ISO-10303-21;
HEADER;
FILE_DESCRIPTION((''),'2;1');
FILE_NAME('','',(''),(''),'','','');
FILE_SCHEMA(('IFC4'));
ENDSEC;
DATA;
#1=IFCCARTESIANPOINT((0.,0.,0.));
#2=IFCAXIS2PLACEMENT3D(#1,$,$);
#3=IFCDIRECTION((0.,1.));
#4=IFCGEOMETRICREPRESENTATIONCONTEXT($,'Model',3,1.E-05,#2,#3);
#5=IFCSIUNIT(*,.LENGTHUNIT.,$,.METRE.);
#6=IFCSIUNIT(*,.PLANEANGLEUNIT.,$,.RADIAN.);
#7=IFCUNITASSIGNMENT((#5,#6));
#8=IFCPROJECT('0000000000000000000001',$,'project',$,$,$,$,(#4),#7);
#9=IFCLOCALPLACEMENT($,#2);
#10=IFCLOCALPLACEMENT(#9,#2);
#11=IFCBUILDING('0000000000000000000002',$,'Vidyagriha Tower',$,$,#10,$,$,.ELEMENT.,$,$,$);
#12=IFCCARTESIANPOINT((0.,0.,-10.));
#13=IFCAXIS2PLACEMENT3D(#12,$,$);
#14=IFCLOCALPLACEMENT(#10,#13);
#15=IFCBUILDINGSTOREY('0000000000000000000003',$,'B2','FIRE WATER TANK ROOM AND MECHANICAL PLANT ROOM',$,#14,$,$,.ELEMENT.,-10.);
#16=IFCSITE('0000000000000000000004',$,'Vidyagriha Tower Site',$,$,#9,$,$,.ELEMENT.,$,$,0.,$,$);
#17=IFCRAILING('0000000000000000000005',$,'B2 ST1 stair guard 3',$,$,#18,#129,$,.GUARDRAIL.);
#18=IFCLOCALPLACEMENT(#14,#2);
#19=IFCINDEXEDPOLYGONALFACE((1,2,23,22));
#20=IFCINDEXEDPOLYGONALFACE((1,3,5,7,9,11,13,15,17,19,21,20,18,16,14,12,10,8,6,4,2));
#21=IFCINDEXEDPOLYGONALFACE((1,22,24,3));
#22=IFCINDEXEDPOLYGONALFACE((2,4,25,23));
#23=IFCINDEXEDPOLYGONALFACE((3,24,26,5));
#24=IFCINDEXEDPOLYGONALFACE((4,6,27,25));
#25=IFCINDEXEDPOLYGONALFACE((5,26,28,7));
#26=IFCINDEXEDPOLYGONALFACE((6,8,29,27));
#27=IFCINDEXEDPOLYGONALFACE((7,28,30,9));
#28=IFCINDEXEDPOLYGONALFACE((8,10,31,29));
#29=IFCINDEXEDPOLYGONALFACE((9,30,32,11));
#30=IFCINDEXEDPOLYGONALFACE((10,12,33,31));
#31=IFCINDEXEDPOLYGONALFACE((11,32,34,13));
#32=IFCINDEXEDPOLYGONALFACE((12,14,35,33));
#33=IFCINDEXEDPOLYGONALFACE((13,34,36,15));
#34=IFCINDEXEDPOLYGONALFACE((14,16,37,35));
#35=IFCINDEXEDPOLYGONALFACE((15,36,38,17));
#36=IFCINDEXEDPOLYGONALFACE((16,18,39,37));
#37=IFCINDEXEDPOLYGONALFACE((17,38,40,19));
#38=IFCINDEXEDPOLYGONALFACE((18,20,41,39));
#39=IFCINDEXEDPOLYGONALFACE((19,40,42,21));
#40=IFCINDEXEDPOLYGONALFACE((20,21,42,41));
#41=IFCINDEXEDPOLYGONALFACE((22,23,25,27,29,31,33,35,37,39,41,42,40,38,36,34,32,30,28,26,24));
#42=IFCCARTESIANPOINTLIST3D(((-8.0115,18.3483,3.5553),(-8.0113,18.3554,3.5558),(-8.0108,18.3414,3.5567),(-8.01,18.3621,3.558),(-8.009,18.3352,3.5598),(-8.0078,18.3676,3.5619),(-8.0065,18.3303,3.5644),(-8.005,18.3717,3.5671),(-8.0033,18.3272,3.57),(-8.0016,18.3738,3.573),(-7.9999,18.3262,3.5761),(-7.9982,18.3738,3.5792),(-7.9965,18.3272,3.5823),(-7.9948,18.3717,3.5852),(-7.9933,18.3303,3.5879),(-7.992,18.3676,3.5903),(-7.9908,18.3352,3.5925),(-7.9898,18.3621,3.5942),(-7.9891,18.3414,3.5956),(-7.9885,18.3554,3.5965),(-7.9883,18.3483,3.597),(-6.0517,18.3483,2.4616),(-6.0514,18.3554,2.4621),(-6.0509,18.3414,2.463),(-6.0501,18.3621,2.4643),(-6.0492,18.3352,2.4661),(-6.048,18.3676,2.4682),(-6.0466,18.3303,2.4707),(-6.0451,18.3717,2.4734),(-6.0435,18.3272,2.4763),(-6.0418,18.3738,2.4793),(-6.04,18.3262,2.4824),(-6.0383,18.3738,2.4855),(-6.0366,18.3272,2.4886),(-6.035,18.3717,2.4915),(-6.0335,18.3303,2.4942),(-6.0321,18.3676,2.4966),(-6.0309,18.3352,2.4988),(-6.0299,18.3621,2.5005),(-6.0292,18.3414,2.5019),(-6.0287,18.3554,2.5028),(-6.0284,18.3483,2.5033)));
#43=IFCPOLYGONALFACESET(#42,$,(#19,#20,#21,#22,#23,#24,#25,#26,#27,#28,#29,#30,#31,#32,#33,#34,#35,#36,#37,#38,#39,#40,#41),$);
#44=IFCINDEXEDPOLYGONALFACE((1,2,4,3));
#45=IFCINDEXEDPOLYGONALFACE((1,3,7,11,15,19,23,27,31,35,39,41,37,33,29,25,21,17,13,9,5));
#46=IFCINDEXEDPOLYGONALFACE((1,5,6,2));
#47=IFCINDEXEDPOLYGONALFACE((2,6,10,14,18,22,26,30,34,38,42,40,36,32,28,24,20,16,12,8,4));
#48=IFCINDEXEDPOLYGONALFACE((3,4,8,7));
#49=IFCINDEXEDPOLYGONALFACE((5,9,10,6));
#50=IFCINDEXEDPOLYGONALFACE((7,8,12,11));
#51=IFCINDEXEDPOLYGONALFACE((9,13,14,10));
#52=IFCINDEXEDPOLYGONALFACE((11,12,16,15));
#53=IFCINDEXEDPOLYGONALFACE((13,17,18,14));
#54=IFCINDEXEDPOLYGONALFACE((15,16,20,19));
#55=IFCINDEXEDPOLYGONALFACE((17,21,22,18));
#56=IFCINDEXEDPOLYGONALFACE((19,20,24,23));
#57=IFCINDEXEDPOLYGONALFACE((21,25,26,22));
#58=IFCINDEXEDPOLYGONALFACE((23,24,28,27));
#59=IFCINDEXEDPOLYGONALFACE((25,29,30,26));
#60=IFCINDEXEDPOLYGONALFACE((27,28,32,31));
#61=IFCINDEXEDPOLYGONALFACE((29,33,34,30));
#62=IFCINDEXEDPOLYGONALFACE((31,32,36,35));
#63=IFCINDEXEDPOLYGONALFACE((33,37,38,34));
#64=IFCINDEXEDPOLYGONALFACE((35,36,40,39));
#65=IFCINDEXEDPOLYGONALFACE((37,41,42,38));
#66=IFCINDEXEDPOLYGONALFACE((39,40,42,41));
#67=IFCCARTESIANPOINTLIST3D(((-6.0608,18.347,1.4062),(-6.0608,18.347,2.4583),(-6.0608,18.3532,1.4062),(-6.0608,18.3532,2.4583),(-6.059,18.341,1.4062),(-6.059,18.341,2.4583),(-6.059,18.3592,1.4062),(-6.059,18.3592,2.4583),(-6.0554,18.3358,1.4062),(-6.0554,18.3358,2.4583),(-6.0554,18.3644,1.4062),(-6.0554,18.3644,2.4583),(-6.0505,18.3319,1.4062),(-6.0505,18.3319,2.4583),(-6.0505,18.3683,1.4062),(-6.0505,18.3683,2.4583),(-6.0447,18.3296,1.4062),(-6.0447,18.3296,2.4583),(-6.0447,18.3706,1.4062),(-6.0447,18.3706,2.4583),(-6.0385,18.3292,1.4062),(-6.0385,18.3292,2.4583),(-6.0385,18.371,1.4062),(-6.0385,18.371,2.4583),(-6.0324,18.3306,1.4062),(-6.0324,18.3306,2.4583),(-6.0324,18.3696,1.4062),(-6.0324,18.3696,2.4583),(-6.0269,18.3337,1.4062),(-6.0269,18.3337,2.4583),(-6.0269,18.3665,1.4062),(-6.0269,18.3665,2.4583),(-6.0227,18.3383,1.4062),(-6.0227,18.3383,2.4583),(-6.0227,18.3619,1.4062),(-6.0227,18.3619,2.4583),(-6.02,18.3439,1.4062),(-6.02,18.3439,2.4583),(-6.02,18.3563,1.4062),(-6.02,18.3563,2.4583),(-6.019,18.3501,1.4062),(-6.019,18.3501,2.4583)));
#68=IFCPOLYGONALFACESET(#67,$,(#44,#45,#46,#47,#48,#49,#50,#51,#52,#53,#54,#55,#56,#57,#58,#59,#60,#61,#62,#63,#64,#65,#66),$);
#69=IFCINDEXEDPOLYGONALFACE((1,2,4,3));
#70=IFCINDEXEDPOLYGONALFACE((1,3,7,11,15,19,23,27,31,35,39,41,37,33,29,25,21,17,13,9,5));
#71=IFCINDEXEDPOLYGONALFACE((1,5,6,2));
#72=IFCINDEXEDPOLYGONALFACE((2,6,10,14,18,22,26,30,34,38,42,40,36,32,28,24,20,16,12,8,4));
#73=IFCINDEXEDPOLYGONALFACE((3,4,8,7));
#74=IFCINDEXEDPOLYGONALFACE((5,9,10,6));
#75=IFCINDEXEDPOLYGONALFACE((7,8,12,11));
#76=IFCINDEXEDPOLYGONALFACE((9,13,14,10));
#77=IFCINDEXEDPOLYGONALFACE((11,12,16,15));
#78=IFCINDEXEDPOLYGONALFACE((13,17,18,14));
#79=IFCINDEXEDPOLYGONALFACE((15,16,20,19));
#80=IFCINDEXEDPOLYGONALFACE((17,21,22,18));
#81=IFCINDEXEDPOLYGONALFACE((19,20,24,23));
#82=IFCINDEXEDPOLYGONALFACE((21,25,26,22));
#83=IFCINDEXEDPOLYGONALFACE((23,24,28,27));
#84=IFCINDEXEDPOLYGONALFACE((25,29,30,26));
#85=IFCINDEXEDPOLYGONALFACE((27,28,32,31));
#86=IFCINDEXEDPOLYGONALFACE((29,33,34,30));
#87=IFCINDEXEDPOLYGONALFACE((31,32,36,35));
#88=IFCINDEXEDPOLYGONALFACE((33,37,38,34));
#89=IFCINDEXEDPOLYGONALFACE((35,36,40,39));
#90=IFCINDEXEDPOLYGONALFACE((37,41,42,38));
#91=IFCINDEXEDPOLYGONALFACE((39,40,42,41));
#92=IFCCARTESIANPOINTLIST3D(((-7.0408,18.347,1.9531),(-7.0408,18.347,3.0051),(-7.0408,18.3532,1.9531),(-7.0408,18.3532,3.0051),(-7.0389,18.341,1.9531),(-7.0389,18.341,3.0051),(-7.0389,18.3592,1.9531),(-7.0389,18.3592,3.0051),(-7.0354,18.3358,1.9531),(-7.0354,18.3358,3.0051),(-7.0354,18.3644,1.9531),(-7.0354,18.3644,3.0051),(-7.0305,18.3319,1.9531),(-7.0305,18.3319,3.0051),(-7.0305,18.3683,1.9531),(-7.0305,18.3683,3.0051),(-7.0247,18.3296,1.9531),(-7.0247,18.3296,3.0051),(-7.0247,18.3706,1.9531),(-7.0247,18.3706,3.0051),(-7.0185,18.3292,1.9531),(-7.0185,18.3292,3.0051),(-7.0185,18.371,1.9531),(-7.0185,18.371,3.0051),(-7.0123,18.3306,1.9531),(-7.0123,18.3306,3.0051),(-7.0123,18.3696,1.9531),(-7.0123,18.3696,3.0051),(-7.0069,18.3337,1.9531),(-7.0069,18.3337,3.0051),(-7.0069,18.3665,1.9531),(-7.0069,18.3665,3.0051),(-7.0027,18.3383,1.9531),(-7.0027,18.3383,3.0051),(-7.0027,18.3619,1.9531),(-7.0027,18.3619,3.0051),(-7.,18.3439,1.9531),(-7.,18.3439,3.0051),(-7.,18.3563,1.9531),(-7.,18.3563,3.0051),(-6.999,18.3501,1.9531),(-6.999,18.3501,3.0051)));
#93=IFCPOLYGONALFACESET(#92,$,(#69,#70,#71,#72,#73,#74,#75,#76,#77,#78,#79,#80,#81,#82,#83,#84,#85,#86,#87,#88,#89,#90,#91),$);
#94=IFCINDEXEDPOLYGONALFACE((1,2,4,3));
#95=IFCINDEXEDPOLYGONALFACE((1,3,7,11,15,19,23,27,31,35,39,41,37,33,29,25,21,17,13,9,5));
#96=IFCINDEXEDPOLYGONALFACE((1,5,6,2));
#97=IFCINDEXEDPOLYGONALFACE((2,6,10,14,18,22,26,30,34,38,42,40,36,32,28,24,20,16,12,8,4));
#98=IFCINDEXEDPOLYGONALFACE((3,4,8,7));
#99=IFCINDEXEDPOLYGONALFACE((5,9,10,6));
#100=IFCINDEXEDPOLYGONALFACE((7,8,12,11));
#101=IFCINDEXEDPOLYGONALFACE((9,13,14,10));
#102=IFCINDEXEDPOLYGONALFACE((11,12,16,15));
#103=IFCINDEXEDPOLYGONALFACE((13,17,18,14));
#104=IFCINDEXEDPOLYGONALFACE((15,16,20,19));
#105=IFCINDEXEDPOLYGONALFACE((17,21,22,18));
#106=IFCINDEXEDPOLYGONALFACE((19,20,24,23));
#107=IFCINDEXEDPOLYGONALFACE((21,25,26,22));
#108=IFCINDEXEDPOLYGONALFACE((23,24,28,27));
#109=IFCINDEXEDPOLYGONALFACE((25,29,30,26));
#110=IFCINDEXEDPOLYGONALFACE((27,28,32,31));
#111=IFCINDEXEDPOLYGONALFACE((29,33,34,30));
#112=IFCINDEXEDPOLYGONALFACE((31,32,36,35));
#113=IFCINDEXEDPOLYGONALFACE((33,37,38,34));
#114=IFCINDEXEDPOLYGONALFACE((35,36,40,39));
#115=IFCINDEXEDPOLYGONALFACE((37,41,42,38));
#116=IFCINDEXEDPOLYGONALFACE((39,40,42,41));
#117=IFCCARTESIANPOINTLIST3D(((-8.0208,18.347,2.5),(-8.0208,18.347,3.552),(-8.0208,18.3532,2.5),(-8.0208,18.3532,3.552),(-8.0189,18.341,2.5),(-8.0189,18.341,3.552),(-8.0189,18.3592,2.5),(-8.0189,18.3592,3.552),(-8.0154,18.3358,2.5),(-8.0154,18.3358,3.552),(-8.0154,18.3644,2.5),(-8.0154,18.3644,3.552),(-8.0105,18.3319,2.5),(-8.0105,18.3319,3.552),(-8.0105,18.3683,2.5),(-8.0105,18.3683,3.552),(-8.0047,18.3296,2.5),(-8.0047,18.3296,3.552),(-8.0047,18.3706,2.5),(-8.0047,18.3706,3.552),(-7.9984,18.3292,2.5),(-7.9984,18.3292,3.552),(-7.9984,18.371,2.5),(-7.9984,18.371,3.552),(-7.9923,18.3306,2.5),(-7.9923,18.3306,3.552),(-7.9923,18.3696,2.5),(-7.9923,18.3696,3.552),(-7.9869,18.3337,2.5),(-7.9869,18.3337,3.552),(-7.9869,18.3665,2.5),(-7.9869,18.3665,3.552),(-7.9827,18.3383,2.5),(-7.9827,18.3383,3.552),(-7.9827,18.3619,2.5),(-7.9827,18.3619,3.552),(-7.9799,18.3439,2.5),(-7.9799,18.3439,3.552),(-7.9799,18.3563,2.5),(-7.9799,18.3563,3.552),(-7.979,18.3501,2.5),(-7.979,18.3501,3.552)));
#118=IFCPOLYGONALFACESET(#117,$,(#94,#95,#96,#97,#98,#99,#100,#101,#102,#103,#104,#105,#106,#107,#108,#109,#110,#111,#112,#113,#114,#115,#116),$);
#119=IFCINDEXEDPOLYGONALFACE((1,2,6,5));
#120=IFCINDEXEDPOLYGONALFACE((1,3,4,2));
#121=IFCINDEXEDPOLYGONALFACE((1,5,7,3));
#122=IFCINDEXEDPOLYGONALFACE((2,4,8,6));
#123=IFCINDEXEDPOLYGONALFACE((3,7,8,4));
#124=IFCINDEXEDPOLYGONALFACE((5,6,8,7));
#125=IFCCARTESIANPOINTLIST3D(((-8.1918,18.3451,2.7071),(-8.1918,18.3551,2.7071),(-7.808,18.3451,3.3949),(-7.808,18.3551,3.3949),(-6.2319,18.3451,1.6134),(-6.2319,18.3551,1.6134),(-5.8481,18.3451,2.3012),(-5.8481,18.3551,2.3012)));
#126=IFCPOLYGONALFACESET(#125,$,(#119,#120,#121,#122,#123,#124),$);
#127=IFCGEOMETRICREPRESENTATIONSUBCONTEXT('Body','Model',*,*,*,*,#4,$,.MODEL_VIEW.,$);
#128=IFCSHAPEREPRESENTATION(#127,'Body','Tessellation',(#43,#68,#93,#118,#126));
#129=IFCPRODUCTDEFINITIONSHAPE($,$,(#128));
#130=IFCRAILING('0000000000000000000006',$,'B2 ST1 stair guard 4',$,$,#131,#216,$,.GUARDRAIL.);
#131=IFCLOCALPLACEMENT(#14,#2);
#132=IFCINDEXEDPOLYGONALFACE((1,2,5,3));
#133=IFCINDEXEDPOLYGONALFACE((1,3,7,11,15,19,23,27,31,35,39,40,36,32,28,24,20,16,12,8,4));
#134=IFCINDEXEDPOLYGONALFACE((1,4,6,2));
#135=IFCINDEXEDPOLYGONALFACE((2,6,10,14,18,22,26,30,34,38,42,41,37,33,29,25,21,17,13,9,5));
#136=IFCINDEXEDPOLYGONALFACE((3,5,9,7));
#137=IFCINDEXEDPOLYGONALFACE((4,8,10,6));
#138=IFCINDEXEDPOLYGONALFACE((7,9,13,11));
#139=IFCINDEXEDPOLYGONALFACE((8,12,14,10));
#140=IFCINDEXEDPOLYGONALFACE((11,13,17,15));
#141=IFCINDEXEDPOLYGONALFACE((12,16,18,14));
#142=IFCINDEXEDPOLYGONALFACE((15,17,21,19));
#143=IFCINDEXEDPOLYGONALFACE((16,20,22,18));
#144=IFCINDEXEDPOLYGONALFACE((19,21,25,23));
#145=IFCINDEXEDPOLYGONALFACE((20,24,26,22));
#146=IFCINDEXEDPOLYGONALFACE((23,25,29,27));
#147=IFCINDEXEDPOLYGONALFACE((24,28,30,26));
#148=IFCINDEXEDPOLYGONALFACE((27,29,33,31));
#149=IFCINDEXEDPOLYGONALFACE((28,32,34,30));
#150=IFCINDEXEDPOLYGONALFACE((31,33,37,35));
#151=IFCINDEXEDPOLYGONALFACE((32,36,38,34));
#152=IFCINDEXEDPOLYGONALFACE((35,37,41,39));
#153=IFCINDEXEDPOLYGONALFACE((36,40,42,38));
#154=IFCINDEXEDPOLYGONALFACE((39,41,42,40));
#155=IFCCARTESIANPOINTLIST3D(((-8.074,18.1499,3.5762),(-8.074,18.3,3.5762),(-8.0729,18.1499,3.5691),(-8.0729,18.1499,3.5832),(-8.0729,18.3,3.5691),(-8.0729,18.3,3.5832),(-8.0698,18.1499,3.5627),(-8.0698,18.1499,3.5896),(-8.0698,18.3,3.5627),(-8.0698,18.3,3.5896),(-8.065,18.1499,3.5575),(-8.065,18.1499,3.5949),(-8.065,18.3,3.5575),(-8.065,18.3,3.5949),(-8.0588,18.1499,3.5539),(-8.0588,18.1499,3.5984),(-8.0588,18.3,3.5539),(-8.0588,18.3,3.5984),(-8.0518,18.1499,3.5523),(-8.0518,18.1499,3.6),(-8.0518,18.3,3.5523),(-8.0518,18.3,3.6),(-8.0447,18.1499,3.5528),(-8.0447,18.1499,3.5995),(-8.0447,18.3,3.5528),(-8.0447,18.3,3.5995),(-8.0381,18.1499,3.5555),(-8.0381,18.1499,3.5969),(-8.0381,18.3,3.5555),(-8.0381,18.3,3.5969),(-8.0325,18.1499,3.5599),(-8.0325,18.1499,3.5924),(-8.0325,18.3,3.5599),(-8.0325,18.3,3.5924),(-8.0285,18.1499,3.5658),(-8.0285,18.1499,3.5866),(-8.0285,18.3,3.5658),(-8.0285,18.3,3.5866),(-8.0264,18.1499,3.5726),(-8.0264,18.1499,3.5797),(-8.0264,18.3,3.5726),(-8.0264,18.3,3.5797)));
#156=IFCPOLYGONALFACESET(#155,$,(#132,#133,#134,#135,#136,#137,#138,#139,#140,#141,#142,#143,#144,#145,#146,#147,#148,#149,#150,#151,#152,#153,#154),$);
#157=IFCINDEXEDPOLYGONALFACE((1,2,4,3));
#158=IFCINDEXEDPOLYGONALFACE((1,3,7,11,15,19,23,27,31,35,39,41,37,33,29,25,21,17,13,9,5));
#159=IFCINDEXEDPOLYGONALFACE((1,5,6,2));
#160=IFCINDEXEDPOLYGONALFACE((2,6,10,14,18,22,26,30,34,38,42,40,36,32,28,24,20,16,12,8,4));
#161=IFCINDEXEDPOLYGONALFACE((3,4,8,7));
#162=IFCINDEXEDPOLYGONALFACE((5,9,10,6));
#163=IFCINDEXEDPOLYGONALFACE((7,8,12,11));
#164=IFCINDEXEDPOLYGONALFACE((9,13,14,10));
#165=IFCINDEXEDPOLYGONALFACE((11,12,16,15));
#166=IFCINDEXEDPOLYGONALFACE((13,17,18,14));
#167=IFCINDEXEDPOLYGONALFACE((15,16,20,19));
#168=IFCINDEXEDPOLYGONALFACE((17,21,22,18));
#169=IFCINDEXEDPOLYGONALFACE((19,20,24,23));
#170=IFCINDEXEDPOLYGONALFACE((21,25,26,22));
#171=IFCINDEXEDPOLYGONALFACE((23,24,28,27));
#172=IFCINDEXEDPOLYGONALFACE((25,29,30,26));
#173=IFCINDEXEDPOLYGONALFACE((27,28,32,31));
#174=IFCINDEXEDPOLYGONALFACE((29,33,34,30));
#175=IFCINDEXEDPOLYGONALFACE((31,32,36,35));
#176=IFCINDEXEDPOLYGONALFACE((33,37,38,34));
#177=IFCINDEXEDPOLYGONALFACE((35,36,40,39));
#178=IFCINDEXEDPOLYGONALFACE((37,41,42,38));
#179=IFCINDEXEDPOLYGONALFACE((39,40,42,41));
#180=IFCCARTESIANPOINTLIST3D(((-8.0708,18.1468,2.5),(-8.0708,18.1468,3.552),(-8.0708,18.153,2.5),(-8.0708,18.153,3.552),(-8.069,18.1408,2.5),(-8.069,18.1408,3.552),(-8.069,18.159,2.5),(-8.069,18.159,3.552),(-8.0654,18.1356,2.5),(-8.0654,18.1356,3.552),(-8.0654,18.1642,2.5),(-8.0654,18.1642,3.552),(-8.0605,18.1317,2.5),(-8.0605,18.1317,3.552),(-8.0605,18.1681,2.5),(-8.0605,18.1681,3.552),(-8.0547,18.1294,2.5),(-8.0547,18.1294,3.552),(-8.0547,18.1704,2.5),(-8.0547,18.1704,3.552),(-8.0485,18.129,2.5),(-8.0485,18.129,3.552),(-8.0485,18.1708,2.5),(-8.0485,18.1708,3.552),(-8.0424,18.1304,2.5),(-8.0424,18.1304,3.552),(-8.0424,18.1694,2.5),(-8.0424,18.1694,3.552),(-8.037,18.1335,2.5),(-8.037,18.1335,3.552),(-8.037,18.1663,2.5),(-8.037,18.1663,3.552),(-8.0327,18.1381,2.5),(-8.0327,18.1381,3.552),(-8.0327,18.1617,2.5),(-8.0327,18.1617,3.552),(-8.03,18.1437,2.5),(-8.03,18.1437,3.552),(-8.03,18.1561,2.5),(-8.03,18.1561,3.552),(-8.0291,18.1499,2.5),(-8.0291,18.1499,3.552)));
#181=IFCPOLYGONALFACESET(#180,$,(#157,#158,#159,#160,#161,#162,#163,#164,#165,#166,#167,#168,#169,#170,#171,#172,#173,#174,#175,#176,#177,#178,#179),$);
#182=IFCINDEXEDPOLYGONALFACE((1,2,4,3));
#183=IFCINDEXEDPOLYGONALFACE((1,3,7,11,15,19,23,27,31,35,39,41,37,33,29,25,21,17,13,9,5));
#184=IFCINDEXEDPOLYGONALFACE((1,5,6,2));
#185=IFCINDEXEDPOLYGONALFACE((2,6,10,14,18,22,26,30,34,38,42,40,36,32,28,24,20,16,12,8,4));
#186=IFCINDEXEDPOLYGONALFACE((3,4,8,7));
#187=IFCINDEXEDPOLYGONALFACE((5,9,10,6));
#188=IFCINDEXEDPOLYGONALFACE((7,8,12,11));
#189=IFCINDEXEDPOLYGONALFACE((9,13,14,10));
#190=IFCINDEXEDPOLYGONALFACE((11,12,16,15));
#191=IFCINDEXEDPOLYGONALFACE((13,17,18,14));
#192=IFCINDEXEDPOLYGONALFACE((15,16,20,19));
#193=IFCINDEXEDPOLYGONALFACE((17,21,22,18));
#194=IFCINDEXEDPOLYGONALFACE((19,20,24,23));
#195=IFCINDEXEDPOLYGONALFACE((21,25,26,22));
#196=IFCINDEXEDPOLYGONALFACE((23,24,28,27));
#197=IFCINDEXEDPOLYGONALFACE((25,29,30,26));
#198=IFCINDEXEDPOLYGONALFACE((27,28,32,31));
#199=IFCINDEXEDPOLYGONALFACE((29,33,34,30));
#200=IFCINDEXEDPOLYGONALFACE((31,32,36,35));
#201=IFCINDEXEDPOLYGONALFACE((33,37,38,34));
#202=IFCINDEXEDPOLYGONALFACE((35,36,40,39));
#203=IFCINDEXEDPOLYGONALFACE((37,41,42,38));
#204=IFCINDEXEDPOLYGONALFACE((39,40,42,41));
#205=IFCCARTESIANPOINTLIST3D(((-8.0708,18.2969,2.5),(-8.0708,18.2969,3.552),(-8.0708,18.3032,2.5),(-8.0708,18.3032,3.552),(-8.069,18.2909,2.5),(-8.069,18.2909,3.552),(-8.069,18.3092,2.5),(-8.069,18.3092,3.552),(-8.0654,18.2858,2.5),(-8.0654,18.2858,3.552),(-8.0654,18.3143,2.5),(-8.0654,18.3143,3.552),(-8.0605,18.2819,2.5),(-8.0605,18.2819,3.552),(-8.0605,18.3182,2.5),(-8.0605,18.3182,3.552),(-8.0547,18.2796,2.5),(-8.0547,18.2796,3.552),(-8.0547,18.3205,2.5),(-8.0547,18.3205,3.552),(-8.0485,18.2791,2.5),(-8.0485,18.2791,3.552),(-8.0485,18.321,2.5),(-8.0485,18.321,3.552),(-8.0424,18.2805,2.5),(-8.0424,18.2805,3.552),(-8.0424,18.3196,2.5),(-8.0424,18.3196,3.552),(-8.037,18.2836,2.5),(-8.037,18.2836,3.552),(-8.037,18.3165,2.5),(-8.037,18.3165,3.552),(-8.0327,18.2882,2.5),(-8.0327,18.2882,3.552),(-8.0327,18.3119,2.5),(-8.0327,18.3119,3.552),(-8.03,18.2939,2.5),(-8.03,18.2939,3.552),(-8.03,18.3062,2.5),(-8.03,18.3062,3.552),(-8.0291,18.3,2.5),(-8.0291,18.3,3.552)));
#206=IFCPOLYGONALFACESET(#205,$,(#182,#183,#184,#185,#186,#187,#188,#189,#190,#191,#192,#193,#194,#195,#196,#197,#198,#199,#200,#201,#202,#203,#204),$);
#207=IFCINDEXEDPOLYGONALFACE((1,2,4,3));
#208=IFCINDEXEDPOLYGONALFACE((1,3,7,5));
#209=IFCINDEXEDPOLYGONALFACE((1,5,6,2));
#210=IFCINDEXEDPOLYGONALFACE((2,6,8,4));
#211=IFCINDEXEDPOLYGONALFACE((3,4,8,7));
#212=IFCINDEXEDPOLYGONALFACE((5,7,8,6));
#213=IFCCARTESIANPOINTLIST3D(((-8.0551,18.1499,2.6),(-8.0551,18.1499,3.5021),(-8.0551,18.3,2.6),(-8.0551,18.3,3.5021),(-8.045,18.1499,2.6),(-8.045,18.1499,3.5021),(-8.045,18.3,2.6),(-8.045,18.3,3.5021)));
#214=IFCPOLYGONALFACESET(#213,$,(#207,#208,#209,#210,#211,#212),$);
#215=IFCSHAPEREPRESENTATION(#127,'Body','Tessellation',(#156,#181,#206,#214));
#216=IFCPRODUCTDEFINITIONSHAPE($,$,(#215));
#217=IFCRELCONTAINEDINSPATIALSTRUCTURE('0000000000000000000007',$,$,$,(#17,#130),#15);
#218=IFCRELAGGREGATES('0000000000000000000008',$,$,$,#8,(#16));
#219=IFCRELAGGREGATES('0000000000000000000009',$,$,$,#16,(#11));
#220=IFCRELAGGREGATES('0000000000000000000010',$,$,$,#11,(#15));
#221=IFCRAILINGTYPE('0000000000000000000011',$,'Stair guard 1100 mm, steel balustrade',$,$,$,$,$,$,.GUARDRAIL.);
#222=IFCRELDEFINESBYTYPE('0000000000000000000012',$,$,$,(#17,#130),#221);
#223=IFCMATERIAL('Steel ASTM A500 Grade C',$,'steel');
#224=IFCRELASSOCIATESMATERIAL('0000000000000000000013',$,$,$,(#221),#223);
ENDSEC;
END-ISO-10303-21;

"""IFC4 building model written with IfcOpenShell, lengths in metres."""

from ifc_helpers import new_model, si_unit, direction, frame, origin, origin_2d, place, context, subcontext, project, spatial, rectangle, circle, extrude, material, type_object, element, save


model = new_model("IFC4")

# Units and contexts
model_context = context("Model", 3, precision=1e-05, world=origin(), true_north=direction((0.0, 1.0)))
body_context = subcontext(model_context, "Body", "Model", "MODEL_VIEW")
ifc_project = project(units=[si_unit("LENGTHUNIT", "METRE"), si_unit("PLANEANGLEUNIT", "RADIAN")], contexts=[model_context])

# Site, building, storey
site_placement = place(None, origin())
site = spatial("IfcSite", under=ifc_project, at=site_placement, Name="Vidyagriha Tower Site", CompositionType="ELEMENT", RefElevation=0.0)
building_placement = place(site_placement, origin())
building = spatial("IfcBuilding", under=site, at=building_placement, Name="Vidyagriha Tower", CompositionType="ELEMENT")
storey_placement = place(building_placement, frame((0.0, 0.0, -10.0)))
storey = spatial("IfcBuildingStorey", under=building, at=storey_placement, Name="B2", Description="FIRE WATER TANK ROOM AND MECHANICAL PLANT ROOM", CompositionType="ELEMENT", Elevation=-10.0)

# Railings
ifc_material_1 = material(Name="Steel ASTM A500 Grade C", Category="steel")
railing_type_1 = type_object("IfcRailingType", Name="Stair guard 1100 mm, steel balustrade", PredefinedType="GUARDRAIL", material=ifc_material_1)
railing_1_placement = place(storey_placement, frame((-6.04, 18.3501, 1.4062)))
element("IfcRailing", 1, at=railing_1_placement, inside=storey, type_object=railing_type_1, Name="B2 ST1 stair guard 3", PredefinedType="GUARDRAIL", context=body_context, shape_type="SweptSolid", body=[
    extrude(circle(Radius=0.0239, at=origin_2d()), frame((0.0, 0.0, 1.0762), z_axis=(-0.873232, 0.0, 0.487304), x_axis=(0.0, -1.0, 0.0)), (0.0, 0.0, 1.0), 2.2444),
    extrude(circle(Radius=0.021, at=origin_2d()), origin(), (0.0, 0.0, 1.0), 1.052),
    extrude(circle(Radius=0.021, at=origin_2d()), frame((-0.98, 0.0, 0.5469)), (0.0, 0.0, 1.0), 1.052),
    extrude(circle(Radius=0.021, at=origin_2d()), frame((-1.96, 0.0, 1.0938)), (0.0, 0.0, 1.0), 1.052),
    extrude(rectangle(XDim=0.01, YDim=0.7876, at=origin_2d()), frame((0.0, 0.0, 0.551), z_axis=(-0.873232, 0.0, 0.487304), x_axis=(0.0, -1.0, 0.0)), (0.0, 0.0, 1.0), 2.2444),
])
railing_2_placement = place(storey_placement, frame((-8.05, 18.1499, 2.5)))
element("IfcRailing", 2, at=railing_2_placement, inside=storey, type_object=railing_type_1, Name="B2 ST1 stair guard 4", PredefinedType="GUARDRAIL", context=body_context, shape_type="SweptSolid", body=[
    extrude(circle(Radius=0.0239, at=origin_2d()), frame((0.0, 0.0, 1.0762), z_axis=(0.0, 1.0, 0.0), x_axis=(-1.0, 0.0, 0.0)), (0.0, 0.0, 1.0), 0.1501),
    extrude(circle(Radius=0.021, at=origin_2d()), origin(), (0.0, 0.0, 1.0), 1.052),
    extrude(circle(Radius=0.021, at=origin_2d()), frame((0.0, 0.1501, 0.0)), (0.0, 0.0, 1.0), 1.052),
    extrude(rectangle(XDim=0.01, YDim=0.9021, at=origin_2d()), frame((0.0, 0.0, 0.551), z_axis=(0.0, 1.0, 0.0), x_axis=(-1.0, 0.0, 0.0)), (0.0, 0.0, 1.0), 0.1501),
])

save(model, "model.ifc")
